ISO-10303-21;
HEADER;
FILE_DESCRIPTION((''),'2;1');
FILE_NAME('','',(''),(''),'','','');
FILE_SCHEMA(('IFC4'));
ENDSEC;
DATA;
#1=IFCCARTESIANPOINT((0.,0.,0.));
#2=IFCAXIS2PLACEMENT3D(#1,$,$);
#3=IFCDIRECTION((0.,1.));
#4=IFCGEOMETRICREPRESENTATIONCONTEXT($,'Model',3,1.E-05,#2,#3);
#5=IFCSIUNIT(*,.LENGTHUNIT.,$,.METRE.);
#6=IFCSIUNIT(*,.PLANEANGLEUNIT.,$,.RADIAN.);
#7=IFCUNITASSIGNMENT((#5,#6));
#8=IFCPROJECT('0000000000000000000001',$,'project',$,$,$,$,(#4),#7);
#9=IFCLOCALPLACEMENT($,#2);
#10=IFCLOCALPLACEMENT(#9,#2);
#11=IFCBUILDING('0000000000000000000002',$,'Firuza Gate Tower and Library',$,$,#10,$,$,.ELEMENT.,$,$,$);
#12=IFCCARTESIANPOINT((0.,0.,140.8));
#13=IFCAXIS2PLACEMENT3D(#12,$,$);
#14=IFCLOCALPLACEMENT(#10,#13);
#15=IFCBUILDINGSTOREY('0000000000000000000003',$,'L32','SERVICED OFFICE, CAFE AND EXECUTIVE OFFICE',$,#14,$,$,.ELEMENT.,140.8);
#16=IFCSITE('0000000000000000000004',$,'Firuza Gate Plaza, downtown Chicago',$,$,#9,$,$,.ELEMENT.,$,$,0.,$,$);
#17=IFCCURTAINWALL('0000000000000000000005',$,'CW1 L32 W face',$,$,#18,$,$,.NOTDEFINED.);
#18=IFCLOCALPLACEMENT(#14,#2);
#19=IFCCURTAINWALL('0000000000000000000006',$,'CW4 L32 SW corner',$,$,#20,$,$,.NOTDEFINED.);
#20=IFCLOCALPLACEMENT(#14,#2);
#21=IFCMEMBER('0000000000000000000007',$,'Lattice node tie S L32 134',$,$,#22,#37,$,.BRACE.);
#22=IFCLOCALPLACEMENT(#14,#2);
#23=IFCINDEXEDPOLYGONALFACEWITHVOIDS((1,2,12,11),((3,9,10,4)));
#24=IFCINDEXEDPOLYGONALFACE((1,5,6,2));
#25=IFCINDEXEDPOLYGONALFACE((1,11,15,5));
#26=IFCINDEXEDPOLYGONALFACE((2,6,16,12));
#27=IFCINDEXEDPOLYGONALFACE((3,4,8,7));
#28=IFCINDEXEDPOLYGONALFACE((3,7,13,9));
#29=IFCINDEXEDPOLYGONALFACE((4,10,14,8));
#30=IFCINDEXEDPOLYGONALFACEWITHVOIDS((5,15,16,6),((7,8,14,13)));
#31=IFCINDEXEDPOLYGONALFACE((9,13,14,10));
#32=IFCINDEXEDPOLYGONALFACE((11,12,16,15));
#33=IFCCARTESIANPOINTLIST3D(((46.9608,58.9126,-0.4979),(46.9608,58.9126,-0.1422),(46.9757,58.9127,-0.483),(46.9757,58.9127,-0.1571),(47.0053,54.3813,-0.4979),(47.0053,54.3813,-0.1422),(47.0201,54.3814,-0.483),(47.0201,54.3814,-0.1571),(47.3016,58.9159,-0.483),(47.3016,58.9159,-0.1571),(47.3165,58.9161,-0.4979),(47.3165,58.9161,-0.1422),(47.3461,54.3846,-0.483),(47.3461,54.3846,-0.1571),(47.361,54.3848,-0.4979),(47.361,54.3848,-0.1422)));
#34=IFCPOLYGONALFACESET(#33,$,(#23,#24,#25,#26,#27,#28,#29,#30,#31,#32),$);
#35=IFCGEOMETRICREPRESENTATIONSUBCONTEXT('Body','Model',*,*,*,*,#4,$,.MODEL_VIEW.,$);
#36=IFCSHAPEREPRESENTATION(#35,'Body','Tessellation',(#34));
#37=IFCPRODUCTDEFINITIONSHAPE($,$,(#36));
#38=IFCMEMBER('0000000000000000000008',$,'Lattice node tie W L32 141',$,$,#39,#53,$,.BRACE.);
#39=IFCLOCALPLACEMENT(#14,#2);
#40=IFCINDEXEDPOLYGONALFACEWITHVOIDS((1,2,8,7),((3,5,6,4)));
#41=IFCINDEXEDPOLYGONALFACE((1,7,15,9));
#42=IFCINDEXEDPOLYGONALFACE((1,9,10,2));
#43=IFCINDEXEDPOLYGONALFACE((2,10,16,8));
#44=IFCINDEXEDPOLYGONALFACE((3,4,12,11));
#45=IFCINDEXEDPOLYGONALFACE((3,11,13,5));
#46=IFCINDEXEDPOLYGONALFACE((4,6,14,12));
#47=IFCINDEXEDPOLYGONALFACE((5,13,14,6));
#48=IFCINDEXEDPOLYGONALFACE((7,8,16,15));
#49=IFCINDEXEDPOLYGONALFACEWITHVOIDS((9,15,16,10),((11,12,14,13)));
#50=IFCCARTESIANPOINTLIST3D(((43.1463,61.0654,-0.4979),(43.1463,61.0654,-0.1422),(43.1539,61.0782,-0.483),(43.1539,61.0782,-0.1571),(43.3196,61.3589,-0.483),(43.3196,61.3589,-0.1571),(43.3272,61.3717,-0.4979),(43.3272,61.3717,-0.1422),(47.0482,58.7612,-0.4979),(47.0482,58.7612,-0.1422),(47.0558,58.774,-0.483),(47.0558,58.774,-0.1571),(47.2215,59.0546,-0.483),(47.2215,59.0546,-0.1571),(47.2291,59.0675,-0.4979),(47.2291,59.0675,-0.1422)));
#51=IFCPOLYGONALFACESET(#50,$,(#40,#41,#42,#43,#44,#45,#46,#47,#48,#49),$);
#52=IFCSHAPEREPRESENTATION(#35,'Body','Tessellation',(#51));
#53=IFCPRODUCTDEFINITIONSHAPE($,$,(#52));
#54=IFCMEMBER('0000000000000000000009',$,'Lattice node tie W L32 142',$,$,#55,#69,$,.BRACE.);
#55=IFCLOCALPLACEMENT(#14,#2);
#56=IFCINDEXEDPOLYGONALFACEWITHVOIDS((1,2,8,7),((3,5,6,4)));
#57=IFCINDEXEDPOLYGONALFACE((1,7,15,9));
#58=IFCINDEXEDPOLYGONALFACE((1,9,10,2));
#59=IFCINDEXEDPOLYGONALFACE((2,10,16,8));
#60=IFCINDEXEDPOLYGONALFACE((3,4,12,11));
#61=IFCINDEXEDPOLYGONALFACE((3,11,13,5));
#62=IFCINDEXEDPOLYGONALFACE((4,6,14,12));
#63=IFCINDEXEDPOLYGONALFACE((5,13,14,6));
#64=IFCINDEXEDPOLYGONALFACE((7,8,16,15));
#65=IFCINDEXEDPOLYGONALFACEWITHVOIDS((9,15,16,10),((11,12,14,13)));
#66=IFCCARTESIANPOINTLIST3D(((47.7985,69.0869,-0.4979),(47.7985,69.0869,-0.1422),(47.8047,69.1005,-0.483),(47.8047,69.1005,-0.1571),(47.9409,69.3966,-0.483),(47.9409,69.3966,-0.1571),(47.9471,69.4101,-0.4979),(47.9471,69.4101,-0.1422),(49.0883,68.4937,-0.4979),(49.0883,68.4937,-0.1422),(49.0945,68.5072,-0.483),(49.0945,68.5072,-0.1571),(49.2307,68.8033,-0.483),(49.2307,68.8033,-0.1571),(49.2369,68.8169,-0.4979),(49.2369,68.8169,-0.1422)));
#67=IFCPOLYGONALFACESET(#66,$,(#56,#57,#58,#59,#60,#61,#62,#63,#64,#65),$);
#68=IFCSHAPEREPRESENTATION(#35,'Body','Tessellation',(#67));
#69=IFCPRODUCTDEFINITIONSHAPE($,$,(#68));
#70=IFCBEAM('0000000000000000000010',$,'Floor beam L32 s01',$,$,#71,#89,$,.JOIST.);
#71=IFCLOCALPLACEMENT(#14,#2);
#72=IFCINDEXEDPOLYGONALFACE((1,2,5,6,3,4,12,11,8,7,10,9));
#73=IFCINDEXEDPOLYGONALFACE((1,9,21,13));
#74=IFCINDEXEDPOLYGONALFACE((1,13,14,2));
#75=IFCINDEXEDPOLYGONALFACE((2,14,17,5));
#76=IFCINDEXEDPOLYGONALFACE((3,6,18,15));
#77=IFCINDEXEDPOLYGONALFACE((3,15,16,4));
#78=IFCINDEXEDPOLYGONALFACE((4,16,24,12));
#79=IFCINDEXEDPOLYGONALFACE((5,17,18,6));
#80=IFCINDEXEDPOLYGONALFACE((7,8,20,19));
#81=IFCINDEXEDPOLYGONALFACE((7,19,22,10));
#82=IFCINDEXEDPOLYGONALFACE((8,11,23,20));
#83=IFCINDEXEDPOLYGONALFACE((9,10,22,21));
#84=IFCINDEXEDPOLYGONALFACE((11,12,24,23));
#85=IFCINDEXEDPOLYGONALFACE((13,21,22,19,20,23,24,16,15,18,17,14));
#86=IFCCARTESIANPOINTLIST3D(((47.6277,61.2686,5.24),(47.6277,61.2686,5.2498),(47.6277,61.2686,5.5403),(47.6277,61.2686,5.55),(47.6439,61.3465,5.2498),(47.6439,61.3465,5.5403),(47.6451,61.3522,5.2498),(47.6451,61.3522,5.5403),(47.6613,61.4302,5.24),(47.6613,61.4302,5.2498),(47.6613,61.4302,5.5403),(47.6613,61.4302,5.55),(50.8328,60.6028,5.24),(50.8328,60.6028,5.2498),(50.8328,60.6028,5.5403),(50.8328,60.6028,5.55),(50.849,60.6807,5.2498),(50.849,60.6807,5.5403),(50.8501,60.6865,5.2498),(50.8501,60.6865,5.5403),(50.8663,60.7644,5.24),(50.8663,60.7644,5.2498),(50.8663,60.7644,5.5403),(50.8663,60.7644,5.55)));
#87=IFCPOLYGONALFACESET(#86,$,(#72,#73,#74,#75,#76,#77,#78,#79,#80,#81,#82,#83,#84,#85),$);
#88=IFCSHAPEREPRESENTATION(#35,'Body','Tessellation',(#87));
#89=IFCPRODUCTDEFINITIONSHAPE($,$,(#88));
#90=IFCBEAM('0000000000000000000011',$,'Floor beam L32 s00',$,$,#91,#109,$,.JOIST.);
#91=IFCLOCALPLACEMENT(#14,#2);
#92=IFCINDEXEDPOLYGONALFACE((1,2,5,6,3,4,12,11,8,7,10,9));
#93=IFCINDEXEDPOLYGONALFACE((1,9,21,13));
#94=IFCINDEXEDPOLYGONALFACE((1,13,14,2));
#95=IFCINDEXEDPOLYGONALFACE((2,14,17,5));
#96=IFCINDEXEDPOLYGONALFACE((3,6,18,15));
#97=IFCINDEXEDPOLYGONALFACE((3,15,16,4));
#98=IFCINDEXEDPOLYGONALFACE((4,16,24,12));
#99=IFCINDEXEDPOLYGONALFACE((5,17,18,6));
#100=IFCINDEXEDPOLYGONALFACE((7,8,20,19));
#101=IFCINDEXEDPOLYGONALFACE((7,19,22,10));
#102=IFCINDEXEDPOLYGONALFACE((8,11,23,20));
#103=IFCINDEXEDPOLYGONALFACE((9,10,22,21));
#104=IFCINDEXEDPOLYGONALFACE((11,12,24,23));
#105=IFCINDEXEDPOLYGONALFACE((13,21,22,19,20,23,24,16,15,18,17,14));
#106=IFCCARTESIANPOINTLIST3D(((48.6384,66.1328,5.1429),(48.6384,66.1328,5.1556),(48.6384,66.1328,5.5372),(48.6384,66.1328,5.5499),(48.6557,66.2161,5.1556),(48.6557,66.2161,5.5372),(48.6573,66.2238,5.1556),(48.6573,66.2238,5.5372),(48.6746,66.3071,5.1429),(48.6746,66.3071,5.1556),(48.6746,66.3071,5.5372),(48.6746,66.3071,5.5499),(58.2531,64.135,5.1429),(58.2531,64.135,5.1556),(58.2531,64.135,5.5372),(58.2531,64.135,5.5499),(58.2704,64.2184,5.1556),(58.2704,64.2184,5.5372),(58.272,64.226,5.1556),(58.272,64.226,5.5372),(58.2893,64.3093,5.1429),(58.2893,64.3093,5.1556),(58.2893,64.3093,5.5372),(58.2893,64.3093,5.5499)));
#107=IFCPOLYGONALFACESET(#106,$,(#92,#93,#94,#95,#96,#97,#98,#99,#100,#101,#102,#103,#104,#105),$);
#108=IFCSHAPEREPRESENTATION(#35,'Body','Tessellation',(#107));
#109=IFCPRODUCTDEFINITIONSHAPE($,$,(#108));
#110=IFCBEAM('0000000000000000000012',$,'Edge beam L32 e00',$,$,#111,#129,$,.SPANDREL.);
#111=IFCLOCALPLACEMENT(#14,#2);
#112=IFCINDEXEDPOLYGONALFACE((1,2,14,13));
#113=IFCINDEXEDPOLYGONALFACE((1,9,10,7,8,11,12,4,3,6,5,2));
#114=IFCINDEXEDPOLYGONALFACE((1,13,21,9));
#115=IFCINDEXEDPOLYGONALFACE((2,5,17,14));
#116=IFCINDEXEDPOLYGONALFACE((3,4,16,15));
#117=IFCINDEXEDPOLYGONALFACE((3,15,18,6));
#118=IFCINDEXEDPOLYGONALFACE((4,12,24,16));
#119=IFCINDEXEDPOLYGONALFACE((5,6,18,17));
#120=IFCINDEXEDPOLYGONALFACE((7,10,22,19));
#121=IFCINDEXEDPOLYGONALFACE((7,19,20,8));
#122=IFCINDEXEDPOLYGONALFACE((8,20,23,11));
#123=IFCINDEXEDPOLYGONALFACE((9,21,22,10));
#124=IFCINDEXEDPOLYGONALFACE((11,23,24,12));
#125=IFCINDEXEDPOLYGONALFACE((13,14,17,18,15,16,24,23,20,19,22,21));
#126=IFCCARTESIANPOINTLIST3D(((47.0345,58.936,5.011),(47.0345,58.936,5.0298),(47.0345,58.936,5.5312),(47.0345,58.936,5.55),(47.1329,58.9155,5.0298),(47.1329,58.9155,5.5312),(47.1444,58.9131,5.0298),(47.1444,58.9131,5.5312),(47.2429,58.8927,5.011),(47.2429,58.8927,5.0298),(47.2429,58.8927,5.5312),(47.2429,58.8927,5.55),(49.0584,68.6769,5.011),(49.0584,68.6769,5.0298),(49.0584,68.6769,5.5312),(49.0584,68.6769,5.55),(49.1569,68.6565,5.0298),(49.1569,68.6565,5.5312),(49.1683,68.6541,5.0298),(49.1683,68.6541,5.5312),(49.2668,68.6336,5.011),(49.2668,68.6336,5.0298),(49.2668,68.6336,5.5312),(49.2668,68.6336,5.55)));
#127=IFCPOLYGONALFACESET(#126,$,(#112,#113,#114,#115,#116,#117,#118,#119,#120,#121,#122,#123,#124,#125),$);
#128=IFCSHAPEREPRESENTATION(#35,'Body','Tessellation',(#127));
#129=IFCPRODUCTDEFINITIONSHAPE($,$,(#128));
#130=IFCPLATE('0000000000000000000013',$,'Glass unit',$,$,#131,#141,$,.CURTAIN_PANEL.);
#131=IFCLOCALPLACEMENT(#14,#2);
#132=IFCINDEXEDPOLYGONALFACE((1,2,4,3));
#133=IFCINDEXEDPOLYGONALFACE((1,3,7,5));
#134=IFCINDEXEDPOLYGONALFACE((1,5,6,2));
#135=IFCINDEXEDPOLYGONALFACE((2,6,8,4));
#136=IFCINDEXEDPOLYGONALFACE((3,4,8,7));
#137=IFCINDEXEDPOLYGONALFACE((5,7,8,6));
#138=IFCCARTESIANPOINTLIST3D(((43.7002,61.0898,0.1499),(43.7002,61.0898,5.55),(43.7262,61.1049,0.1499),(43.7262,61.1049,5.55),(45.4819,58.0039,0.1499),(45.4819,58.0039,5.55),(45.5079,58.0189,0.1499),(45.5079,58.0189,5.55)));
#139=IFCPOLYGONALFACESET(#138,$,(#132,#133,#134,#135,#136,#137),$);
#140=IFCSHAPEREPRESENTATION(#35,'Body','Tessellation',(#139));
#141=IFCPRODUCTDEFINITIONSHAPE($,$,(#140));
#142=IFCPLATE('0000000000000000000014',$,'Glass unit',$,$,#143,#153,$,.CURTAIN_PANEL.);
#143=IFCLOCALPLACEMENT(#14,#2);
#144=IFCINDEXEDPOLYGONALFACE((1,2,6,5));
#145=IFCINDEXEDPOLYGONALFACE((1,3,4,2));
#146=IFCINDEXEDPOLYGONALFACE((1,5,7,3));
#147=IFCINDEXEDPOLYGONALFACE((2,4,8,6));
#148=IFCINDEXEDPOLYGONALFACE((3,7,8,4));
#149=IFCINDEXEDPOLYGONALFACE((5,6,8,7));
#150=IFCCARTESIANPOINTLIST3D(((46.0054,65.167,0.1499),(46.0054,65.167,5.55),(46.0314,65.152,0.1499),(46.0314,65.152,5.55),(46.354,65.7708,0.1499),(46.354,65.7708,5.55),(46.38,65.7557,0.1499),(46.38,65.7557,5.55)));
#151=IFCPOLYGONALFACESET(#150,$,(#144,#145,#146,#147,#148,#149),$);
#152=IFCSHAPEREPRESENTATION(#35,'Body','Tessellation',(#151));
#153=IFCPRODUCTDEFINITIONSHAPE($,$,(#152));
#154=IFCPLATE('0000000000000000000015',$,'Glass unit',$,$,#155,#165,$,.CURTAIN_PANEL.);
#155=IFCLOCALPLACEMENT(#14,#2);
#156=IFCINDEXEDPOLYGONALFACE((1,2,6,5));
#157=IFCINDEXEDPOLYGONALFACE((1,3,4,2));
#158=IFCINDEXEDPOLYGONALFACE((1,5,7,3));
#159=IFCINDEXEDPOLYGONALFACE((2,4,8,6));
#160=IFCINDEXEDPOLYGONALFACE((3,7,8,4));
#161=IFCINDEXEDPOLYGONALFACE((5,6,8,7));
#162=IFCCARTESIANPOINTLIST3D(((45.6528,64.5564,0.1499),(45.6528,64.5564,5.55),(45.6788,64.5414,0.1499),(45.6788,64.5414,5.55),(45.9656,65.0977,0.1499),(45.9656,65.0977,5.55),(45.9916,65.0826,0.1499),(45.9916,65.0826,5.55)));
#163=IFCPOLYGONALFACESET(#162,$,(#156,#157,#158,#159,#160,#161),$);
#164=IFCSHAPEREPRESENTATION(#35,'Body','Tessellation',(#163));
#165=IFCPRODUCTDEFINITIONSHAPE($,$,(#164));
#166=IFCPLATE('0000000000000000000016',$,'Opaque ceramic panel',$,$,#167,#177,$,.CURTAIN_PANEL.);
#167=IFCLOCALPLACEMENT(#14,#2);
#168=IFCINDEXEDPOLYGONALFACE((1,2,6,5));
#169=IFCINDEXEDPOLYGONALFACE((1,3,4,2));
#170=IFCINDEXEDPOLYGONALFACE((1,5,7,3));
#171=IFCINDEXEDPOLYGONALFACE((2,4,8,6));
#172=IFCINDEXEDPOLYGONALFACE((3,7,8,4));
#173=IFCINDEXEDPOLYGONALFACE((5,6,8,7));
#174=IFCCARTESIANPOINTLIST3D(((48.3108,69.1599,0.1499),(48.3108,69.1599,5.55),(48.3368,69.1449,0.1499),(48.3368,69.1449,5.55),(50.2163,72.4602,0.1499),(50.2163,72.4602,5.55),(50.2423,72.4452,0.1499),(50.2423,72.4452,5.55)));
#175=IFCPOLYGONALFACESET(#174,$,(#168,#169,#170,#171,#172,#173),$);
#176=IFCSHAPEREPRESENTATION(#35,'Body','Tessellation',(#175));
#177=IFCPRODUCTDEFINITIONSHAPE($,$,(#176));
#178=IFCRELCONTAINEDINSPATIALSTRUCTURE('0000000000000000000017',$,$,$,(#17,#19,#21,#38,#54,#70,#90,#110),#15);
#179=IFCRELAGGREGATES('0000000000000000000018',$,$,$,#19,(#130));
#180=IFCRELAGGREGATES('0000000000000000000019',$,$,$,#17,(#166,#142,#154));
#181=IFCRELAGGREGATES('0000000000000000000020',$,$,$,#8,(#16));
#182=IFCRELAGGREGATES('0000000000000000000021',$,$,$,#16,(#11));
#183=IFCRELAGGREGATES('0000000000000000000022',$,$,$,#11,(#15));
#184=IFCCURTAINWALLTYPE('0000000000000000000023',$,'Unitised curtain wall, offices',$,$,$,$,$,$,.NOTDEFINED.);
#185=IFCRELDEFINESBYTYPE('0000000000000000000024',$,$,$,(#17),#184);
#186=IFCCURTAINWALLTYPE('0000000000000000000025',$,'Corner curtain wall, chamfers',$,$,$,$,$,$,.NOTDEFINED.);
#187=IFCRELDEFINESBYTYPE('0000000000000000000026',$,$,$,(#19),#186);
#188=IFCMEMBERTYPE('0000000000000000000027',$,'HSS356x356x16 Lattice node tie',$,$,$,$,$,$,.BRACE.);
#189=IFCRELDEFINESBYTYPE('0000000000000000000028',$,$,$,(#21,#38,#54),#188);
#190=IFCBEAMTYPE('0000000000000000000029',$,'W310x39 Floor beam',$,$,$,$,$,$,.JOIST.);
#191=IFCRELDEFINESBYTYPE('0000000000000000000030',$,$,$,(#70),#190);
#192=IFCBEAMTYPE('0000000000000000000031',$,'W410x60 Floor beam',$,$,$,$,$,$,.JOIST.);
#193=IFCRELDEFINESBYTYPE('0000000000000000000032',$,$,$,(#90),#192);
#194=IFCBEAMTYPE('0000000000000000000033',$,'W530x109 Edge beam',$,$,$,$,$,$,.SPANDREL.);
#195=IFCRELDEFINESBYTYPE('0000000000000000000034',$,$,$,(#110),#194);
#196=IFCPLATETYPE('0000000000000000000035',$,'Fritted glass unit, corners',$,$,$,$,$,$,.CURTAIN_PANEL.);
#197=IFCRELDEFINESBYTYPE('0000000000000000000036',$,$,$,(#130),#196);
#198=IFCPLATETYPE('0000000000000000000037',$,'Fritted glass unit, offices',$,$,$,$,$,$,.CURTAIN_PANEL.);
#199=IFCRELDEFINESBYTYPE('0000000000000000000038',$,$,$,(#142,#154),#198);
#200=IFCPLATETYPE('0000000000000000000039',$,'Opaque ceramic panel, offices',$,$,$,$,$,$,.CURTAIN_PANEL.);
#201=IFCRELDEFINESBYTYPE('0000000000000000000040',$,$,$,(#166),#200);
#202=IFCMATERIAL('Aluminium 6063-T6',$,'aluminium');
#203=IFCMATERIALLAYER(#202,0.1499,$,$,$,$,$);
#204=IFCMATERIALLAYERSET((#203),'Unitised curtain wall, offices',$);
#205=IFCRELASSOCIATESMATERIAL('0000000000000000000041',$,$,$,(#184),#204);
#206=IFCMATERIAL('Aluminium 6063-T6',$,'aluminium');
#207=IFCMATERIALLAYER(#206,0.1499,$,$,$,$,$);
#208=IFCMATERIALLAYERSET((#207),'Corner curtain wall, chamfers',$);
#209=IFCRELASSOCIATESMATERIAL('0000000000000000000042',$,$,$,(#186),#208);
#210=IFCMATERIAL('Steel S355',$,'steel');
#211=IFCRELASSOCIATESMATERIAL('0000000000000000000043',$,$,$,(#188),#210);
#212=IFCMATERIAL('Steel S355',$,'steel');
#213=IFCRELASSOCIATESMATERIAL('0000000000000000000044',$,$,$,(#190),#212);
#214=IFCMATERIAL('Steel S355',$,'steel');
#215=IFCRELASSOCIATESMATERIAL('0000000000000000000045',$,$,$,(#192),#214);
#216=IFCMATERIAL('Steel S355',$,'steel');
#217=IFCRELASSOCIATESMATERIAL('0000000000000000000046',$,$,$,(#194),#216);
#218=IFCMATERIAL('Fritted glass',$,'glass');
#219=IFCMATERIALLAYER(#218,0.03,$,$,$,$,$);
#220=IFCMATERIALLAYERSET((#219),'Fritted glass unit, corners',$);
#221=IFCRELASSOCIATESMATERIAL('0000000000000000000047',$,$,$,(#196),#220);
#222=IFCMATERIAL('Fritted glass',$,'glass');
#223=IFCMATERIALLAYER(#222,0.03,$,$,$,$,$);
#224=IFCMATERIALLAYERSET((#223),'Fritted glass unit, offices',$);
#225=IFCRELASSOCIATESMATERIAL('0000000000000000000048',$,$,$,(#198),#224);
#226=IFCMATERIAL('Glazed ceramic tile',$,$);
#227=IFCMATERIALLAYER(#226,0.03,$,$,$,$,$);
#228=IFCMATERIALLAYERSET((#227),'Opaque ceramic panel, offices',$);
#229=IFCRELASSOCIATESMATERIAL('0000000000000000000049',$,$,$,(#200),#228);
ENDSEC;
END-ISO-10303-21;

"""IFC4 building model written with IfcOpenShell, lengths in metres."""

from ifc_helpers import new_model, si_unit, direction, frame, origin, origin_2d, place, context, subcontext, project, spatial, polyline, hollow_rectangle, i_section, outline, extrude, material, layer, layer_set, material_profile, profile_set, type_object, element, aggregate, save


model = new_model("IFC4")

# Units and contexts
model_context = context("Model", 3, precision=1e-05, world=origin(), true_north=direction((0.0, 1.0)))
body_context = subcontext(model_context, "Body", "Model", "MODEL_VIEW")
ifc_project = project(units=[si_unit("LENGTHUNIT", "METRE"), si_unit("PLANEANGLEUNIT", "RADIAN")], contexts=[model_context])

# Site, building, storey
site_placement = place(None, origin())
site = spatial("IfcSite", under=ifc_project, at=site_placement, Name="Firuza Gate Plaza, downtown Chicago", CompositionType="ELEMENT", RefElevation=0.0)
building_placement = place(site_placement, origin())
building = spatial("IfcBuilding", under=site, at=building_placement, Name="Firuza Gate Tower and Library", CompositionType="ELEMENT")
storey_placement = place(building_placement, frame((0.0, 0.0, 140.8)))
storey = spatial("IfcBuildingStorey", under=building, at=storey_placement, Name="L32", Description="SERVICED OFFICE, CAFE AND EXECUTIVE OFFICE", CompositionType="ELEMENT", Elevation=140.8)

# Curtain walls
ifc_material_1 = material(Name="Aluminium 6063-T6", Category="aluminium")
ifc_layer_1 = layer(ifc_material_1, 0.1499)
ifc_layer_set_1 = layer_set([ifc_layer_1], Name="Unitised curtain wall, offices")
curtain_wall_type_1 = type_object("IfcCurtainWallType", Name="Unitised curtain wall, offices", PredefinedType="NOTDEFINED", material=ifc_layer_set_1)
placement = place(storey_placement, origin())
curtain_wall_1 = element("IfcCurtainWall", 1, at=placement, inside=storey, type_object=curtain_wall_type_1, Name="CW1 L32 W face", PredefinedType="NOTDEFINED")
ifc_material_2 = material(Name="Aluminium 6063-T6", Category="aluminium")
ifc_layer_2 = layer(ifc_material_2, 0.1499)
ifc_layer_set_2 = layer_set([ifc_layer_2], Name="Corner curtain wall, chamfers")
curtain_wall_type_2 = type_object("IfcCurtainWallType", Name="Corner curtain wall, chamfers", PredefinedType="NOTDEFINED", material=ifc_layer_set_2)
curtain_wall_2 = element("IfcCurtainWall", 2, at=placement, inside=storey, type_object=curtain_wall_type_2, Name="CW4 L32 SW corner", PredefinedType="NOTDEFINED")

# Members
ifc_material_3 = material(Name="Steel S355", Category="steel")
ifc_material_profile_1 = material_profile(ifc_material_3, hollow_rectangle(XDim=0.3557, YDim=0.3557, WallThickness=0.0149, at=origin_2d()))
ifc_profile_set_1 = profile_set([ifc_material_profile_1], Name="Steel S355")
member_type_1 = type_object("IfcMemberType", Name="HSS356x356x16 Lattice node tie", PredefinedType="BRACE", material=ifc_profile_set_1)
for number, where, z_axis, x_axis, name in (
    (3, (47.1387, 58.9143, -0.3201), (0.009806, -0.999952, 0.0), (0.999952, 0.009806, 0.0), "Lattice node tie S L32 134"),
    (4, (47.1387, 58.9143, -0.3201), (-0.861066, 0.508493, 0.0), (-0.508493, -0.861066, 0.0), "Lattice node tie W L32 141"),
):
    element("IfcMember", number, at=place(storey_placement, frame(where, z_axis=z_axis, x_axis=x_axis)), inside=storey, type_object=member_type_1, Name=name, PredefinedType="BRACE", context=body_context, shape_type="SweptSolid", body=[
        extrude(hollow_rectangle(XDim=0.3557, YDim=0.3557, WallThickness=0.0149, at=origin_2d()), origin(), (0.0, 0.0, 1.0), 4.5315),
    ])
member_1_placement = place(storey_placement, frame((49.1626, 68.6553, -0.3201), z_axis=(-0.908502, 0.41788, 0.0), x_axis=(-0.41788, -0.908502, 0.0)))
element("IfcMember", 5, at=member_1_placement, inside=storey, type_object=member_type_1, Name="Lattice node tie W L32 142", PredefinedType="BRACE", context=body_context, shape_type="SweptSolid", body=[
    extrude(hollow_rectangle(XDim=0.3557, YDim=0.3557, WallThickness=0.0149, at=origin_2d()), origin(), (0.0, 0.0, 1.0), 1.4197),
])

# Beams
ifc_material_4 = material(Name="Steel S355", Category="steel")
ifc_material_profile_2 = material_profile(ifc_material_4, i_section(OverallWidth=0.165, OverallDepth=0.3101, WebThickness=0.0059, FlangeThickness=0.0098, at=origin_2d()))
ifc_profile_set_2 = profile_set([ifc_material_profile_2], Name="Steel S355")
beam_type_1 = type_object("IfcBeamType", Name="W310x39 Floor beam", PredefinedType="JOIST", material=ifc_profile_set_2)
beam_1_placement = place(storey_placement, frame((47.6445, 61.3494, 5.395), z_axis=(0.979099, -0.203382, 0.0), x_axis=(0.203382, 0.979099, 0.0)))
element("IfcBeam", 6, at=beam_1_placement, inside=storey, type_object=beam_type_1, Name="Floor beam L32 s01", PredefinedType="JOIST", context=body_context, shape_type="SweptSolid", body=[
    extrude(i_section(OverallWidth=0.165, OverallDepth=0.3101, WebThickness=0.0059, FlangeThickness=0.0098, at=origin_2d()), origin(), (0.0, 0.0, 1.0), 3.2734),
])
ifc_material_5 = material(Name="Steel S355", Category="steel")
ifc_material_profile_3 = material_profile(ifc_material_5, i_section(OverallWidth=0.178, OverallDepth=0.407, WebThickness=0.0078, FlangeThickness=0.0127, at=origin_2d()))
ifc_profile_set_3 = profile_set([ifc_material_profile_3], Name="Steel S355")
beam_type_2 = type_object("IfcBeamType", Name="W410x60 Floor beam", PredefinedType="JOIST", material=ifc_profile_set_3)
beam_2_placement = place(storey_placement, frame((48.6565, 66.22, 5.3464), z_axis=(0.979087, -0.20344, 0.0), x_axis=(0.20344, 0.979087, 0.0)))
element("IfcBeam", 7, at=beam_2_placement, inside=storey, type_object=beam_type_2, Name="Floor beam L32 s00", PredefinedType="JOIST", context=body_context, shape_type="SweptSolid", body=[
    extrude(i_section(OverallWidth=0.178, OverallDepth=0.407, WebThickness=0.0078, FlangeThickness=0.0127, at=origin_2d()), origin(), (0.0, 0.0, 1.0), 9.8201),
])
ifc_material_6 = material(Name="Steel S355", Category="steel")
ifc_material_profile_4 = material_profile(ifc_material_6, i_section(OverallWidth=0.2129, OverallDepth=0.5391, WebThickness=0.0117, FlangeThickness=0.0188, at=origin_2d()))
ifc_profile_set_4 = profile_set([ifc_material_profile_4], Name="Steel S355")
beam_type_3 = type_object("IfcBeamType", Name="W530x109 Edge beam", PredefinedType="SPANDREL", material=ifc_profile_set_4)
beam_3_placement = place(storey_placement, frame((49.1626, 68.6553, 5.2805), z_axis=(-0.20343, -0.97909, 0.0), x_axis=(0.97909, -0.20343, 0.0)))
element("IfcBeam", 8, at=beam_3_placement, inside=storey, type_object=beam_type_3, Name="Edge beam L32 e00", PredefinedType="SPANDREL", context=body_context, shape_type="SweptSolid", body=[
    extrude(i_section(OverallWidth=0.2129, OverallDepth=0.5391, WebThickness=0.0117, FlangeThickness=0.0188, at=origin_2d()), origin(), (0.0, 0.0, 1.0), 9.949),
])

# Plates
ifc_material_7 = material(Name="Fritted glass", Category="glass")
ifc_layer_3 = layer(ifc_material_7, 0.03)
ifc_layer_set_3 = layer_set([ifc_layer_3], Name="Fritted glass unit, corners")
plate_type_1 = type_object("IfcPlateType", Name="Fritted glass unit, corners", PredefinedType="CURTAIN_PANEL", material=ifc_layer_set_3)
plate_1_placement = place(storey_placement, frame((43.7002, 61.0898, 0.1499), z_axis=(-0.866017, -0.500015, 0.0), x_axis=(0.500015, -0.866017, 0.0)))
plate_1 = element("IfcPlate", 9, at=plate_1_placement, type_object=plate_type_1, Name="Glass unit", PredefinedType="CURTAIN_PANEL", context=body_context, shape_type="SweptSolid", body=[
    extrude(outline(polyline([(0.0, 0.0), (3.5634, 0.0), (3.5634, 5.4001), (0.0, 5.4001), (0.0, 0.0)])), origin(), (0.0, 0.0, -1.0), 0.03),
])
aggregate(curtain_wall_2, [plate_1])
ifc_material_8 = material(Name="Fritted glass", Category="glass")
ifc_layer_4 = layer(ifc_material_8, 0.03)
ifc_layer_set_4 = layer_set([ifc_layer_4], Name="Fritted glass unit, offices")
plate_type_2 = type_object("IfcPlateType", Name="Fritted glass unit, offices", PredefinedType="CURTAIN_PANEL", material=ifc_layer_set_4)
plate_2_placement = place(storey_placement, frame((46.354, 65.7708, 0.1499), z_axis=(-0.865993, 0.500056, 0.0), x_axis=(-0.500056, -0.865993, 0.0)))
plate_2 = element("IfcPlate", 10, at=plate_2_placement, type_object=plate_type_2, Name="Glass unit", PredefinedType="CURTAIN_PANEL", context=body_context, shape_type="SweptSolid", body=[
    extrude(outline(polyline([(0.0, 0.0), (0.6972, 0.0), (0.6972, 5.4001), (0.0, 5.4001), (0.0, 0.0)])), origin(), (0.0, 0.0, -1.0), 0.03),
])
plate_3_placement = place(storey_placement, frame((45.9656, 65.0977, 0.1499), z_axis=(-0.865854, 0.500297, 0.0), x_axis=(-0.500297, -0.865854, 0.0)))
plate_3 = element("IfcPlate", 11, at=plate_3_placement, type_object=plate_type_2, Name="Glass unit", PredefinedType="CURTAIN_PANEL", context=body_context, shape_type="SweptSolid", body=[
    extrude(outline(polyline([(0.0, 0.0), (0.6251, 0.0), (0.6251, 5.4001), (0.0, 5.4001), (0.0, 0.0)])), origin(), (0.0, 0.0, -1.0), 0.03),
])
ifc_material_9 = material(Name="Glazed ceramic tile")
ifc_layer_5 = layer(ifc_material_9, 0.03)
ifc_layer_set_5 = layer_set([ifc_layer_5], Name="Opaque ceramic panel, offices")
plate_type_3 = type_object("IfcPlateType", Name="Opaque ceramic panel, offices", PredefinedType="CURTAIN_PANEL", material=ifc_layer_set_5)
plate_4_placement = place(storey_placement, frame((50.2163, 72.4602, 0.1499), z_axis=(-0.866015, 0.500018, 0.0), x_axis=(-0.500018, -0.866015, 0.0)))
plate_4 = element("IfcPlate", 12, at=plate_4_placement, type_object=plate_type_3, Name="Opaque ceramic panel", PredefinedType="CURTAIN_PANEL", context=body_context, shape_type="SweptSolid", body=[
    extrude(outline(polyline([(0.0, 0.0), (3.8109, 0.0), (3.8109, 5.4001), (0.0, 5.4001), (0.0, 0.0)])), origin(), (0.0, 0.0, -1.0), 0.03),
])
aggregate(curtain_wall_1, [plate_4, plate_2, plate_3])

save(model, "model.ifc")
